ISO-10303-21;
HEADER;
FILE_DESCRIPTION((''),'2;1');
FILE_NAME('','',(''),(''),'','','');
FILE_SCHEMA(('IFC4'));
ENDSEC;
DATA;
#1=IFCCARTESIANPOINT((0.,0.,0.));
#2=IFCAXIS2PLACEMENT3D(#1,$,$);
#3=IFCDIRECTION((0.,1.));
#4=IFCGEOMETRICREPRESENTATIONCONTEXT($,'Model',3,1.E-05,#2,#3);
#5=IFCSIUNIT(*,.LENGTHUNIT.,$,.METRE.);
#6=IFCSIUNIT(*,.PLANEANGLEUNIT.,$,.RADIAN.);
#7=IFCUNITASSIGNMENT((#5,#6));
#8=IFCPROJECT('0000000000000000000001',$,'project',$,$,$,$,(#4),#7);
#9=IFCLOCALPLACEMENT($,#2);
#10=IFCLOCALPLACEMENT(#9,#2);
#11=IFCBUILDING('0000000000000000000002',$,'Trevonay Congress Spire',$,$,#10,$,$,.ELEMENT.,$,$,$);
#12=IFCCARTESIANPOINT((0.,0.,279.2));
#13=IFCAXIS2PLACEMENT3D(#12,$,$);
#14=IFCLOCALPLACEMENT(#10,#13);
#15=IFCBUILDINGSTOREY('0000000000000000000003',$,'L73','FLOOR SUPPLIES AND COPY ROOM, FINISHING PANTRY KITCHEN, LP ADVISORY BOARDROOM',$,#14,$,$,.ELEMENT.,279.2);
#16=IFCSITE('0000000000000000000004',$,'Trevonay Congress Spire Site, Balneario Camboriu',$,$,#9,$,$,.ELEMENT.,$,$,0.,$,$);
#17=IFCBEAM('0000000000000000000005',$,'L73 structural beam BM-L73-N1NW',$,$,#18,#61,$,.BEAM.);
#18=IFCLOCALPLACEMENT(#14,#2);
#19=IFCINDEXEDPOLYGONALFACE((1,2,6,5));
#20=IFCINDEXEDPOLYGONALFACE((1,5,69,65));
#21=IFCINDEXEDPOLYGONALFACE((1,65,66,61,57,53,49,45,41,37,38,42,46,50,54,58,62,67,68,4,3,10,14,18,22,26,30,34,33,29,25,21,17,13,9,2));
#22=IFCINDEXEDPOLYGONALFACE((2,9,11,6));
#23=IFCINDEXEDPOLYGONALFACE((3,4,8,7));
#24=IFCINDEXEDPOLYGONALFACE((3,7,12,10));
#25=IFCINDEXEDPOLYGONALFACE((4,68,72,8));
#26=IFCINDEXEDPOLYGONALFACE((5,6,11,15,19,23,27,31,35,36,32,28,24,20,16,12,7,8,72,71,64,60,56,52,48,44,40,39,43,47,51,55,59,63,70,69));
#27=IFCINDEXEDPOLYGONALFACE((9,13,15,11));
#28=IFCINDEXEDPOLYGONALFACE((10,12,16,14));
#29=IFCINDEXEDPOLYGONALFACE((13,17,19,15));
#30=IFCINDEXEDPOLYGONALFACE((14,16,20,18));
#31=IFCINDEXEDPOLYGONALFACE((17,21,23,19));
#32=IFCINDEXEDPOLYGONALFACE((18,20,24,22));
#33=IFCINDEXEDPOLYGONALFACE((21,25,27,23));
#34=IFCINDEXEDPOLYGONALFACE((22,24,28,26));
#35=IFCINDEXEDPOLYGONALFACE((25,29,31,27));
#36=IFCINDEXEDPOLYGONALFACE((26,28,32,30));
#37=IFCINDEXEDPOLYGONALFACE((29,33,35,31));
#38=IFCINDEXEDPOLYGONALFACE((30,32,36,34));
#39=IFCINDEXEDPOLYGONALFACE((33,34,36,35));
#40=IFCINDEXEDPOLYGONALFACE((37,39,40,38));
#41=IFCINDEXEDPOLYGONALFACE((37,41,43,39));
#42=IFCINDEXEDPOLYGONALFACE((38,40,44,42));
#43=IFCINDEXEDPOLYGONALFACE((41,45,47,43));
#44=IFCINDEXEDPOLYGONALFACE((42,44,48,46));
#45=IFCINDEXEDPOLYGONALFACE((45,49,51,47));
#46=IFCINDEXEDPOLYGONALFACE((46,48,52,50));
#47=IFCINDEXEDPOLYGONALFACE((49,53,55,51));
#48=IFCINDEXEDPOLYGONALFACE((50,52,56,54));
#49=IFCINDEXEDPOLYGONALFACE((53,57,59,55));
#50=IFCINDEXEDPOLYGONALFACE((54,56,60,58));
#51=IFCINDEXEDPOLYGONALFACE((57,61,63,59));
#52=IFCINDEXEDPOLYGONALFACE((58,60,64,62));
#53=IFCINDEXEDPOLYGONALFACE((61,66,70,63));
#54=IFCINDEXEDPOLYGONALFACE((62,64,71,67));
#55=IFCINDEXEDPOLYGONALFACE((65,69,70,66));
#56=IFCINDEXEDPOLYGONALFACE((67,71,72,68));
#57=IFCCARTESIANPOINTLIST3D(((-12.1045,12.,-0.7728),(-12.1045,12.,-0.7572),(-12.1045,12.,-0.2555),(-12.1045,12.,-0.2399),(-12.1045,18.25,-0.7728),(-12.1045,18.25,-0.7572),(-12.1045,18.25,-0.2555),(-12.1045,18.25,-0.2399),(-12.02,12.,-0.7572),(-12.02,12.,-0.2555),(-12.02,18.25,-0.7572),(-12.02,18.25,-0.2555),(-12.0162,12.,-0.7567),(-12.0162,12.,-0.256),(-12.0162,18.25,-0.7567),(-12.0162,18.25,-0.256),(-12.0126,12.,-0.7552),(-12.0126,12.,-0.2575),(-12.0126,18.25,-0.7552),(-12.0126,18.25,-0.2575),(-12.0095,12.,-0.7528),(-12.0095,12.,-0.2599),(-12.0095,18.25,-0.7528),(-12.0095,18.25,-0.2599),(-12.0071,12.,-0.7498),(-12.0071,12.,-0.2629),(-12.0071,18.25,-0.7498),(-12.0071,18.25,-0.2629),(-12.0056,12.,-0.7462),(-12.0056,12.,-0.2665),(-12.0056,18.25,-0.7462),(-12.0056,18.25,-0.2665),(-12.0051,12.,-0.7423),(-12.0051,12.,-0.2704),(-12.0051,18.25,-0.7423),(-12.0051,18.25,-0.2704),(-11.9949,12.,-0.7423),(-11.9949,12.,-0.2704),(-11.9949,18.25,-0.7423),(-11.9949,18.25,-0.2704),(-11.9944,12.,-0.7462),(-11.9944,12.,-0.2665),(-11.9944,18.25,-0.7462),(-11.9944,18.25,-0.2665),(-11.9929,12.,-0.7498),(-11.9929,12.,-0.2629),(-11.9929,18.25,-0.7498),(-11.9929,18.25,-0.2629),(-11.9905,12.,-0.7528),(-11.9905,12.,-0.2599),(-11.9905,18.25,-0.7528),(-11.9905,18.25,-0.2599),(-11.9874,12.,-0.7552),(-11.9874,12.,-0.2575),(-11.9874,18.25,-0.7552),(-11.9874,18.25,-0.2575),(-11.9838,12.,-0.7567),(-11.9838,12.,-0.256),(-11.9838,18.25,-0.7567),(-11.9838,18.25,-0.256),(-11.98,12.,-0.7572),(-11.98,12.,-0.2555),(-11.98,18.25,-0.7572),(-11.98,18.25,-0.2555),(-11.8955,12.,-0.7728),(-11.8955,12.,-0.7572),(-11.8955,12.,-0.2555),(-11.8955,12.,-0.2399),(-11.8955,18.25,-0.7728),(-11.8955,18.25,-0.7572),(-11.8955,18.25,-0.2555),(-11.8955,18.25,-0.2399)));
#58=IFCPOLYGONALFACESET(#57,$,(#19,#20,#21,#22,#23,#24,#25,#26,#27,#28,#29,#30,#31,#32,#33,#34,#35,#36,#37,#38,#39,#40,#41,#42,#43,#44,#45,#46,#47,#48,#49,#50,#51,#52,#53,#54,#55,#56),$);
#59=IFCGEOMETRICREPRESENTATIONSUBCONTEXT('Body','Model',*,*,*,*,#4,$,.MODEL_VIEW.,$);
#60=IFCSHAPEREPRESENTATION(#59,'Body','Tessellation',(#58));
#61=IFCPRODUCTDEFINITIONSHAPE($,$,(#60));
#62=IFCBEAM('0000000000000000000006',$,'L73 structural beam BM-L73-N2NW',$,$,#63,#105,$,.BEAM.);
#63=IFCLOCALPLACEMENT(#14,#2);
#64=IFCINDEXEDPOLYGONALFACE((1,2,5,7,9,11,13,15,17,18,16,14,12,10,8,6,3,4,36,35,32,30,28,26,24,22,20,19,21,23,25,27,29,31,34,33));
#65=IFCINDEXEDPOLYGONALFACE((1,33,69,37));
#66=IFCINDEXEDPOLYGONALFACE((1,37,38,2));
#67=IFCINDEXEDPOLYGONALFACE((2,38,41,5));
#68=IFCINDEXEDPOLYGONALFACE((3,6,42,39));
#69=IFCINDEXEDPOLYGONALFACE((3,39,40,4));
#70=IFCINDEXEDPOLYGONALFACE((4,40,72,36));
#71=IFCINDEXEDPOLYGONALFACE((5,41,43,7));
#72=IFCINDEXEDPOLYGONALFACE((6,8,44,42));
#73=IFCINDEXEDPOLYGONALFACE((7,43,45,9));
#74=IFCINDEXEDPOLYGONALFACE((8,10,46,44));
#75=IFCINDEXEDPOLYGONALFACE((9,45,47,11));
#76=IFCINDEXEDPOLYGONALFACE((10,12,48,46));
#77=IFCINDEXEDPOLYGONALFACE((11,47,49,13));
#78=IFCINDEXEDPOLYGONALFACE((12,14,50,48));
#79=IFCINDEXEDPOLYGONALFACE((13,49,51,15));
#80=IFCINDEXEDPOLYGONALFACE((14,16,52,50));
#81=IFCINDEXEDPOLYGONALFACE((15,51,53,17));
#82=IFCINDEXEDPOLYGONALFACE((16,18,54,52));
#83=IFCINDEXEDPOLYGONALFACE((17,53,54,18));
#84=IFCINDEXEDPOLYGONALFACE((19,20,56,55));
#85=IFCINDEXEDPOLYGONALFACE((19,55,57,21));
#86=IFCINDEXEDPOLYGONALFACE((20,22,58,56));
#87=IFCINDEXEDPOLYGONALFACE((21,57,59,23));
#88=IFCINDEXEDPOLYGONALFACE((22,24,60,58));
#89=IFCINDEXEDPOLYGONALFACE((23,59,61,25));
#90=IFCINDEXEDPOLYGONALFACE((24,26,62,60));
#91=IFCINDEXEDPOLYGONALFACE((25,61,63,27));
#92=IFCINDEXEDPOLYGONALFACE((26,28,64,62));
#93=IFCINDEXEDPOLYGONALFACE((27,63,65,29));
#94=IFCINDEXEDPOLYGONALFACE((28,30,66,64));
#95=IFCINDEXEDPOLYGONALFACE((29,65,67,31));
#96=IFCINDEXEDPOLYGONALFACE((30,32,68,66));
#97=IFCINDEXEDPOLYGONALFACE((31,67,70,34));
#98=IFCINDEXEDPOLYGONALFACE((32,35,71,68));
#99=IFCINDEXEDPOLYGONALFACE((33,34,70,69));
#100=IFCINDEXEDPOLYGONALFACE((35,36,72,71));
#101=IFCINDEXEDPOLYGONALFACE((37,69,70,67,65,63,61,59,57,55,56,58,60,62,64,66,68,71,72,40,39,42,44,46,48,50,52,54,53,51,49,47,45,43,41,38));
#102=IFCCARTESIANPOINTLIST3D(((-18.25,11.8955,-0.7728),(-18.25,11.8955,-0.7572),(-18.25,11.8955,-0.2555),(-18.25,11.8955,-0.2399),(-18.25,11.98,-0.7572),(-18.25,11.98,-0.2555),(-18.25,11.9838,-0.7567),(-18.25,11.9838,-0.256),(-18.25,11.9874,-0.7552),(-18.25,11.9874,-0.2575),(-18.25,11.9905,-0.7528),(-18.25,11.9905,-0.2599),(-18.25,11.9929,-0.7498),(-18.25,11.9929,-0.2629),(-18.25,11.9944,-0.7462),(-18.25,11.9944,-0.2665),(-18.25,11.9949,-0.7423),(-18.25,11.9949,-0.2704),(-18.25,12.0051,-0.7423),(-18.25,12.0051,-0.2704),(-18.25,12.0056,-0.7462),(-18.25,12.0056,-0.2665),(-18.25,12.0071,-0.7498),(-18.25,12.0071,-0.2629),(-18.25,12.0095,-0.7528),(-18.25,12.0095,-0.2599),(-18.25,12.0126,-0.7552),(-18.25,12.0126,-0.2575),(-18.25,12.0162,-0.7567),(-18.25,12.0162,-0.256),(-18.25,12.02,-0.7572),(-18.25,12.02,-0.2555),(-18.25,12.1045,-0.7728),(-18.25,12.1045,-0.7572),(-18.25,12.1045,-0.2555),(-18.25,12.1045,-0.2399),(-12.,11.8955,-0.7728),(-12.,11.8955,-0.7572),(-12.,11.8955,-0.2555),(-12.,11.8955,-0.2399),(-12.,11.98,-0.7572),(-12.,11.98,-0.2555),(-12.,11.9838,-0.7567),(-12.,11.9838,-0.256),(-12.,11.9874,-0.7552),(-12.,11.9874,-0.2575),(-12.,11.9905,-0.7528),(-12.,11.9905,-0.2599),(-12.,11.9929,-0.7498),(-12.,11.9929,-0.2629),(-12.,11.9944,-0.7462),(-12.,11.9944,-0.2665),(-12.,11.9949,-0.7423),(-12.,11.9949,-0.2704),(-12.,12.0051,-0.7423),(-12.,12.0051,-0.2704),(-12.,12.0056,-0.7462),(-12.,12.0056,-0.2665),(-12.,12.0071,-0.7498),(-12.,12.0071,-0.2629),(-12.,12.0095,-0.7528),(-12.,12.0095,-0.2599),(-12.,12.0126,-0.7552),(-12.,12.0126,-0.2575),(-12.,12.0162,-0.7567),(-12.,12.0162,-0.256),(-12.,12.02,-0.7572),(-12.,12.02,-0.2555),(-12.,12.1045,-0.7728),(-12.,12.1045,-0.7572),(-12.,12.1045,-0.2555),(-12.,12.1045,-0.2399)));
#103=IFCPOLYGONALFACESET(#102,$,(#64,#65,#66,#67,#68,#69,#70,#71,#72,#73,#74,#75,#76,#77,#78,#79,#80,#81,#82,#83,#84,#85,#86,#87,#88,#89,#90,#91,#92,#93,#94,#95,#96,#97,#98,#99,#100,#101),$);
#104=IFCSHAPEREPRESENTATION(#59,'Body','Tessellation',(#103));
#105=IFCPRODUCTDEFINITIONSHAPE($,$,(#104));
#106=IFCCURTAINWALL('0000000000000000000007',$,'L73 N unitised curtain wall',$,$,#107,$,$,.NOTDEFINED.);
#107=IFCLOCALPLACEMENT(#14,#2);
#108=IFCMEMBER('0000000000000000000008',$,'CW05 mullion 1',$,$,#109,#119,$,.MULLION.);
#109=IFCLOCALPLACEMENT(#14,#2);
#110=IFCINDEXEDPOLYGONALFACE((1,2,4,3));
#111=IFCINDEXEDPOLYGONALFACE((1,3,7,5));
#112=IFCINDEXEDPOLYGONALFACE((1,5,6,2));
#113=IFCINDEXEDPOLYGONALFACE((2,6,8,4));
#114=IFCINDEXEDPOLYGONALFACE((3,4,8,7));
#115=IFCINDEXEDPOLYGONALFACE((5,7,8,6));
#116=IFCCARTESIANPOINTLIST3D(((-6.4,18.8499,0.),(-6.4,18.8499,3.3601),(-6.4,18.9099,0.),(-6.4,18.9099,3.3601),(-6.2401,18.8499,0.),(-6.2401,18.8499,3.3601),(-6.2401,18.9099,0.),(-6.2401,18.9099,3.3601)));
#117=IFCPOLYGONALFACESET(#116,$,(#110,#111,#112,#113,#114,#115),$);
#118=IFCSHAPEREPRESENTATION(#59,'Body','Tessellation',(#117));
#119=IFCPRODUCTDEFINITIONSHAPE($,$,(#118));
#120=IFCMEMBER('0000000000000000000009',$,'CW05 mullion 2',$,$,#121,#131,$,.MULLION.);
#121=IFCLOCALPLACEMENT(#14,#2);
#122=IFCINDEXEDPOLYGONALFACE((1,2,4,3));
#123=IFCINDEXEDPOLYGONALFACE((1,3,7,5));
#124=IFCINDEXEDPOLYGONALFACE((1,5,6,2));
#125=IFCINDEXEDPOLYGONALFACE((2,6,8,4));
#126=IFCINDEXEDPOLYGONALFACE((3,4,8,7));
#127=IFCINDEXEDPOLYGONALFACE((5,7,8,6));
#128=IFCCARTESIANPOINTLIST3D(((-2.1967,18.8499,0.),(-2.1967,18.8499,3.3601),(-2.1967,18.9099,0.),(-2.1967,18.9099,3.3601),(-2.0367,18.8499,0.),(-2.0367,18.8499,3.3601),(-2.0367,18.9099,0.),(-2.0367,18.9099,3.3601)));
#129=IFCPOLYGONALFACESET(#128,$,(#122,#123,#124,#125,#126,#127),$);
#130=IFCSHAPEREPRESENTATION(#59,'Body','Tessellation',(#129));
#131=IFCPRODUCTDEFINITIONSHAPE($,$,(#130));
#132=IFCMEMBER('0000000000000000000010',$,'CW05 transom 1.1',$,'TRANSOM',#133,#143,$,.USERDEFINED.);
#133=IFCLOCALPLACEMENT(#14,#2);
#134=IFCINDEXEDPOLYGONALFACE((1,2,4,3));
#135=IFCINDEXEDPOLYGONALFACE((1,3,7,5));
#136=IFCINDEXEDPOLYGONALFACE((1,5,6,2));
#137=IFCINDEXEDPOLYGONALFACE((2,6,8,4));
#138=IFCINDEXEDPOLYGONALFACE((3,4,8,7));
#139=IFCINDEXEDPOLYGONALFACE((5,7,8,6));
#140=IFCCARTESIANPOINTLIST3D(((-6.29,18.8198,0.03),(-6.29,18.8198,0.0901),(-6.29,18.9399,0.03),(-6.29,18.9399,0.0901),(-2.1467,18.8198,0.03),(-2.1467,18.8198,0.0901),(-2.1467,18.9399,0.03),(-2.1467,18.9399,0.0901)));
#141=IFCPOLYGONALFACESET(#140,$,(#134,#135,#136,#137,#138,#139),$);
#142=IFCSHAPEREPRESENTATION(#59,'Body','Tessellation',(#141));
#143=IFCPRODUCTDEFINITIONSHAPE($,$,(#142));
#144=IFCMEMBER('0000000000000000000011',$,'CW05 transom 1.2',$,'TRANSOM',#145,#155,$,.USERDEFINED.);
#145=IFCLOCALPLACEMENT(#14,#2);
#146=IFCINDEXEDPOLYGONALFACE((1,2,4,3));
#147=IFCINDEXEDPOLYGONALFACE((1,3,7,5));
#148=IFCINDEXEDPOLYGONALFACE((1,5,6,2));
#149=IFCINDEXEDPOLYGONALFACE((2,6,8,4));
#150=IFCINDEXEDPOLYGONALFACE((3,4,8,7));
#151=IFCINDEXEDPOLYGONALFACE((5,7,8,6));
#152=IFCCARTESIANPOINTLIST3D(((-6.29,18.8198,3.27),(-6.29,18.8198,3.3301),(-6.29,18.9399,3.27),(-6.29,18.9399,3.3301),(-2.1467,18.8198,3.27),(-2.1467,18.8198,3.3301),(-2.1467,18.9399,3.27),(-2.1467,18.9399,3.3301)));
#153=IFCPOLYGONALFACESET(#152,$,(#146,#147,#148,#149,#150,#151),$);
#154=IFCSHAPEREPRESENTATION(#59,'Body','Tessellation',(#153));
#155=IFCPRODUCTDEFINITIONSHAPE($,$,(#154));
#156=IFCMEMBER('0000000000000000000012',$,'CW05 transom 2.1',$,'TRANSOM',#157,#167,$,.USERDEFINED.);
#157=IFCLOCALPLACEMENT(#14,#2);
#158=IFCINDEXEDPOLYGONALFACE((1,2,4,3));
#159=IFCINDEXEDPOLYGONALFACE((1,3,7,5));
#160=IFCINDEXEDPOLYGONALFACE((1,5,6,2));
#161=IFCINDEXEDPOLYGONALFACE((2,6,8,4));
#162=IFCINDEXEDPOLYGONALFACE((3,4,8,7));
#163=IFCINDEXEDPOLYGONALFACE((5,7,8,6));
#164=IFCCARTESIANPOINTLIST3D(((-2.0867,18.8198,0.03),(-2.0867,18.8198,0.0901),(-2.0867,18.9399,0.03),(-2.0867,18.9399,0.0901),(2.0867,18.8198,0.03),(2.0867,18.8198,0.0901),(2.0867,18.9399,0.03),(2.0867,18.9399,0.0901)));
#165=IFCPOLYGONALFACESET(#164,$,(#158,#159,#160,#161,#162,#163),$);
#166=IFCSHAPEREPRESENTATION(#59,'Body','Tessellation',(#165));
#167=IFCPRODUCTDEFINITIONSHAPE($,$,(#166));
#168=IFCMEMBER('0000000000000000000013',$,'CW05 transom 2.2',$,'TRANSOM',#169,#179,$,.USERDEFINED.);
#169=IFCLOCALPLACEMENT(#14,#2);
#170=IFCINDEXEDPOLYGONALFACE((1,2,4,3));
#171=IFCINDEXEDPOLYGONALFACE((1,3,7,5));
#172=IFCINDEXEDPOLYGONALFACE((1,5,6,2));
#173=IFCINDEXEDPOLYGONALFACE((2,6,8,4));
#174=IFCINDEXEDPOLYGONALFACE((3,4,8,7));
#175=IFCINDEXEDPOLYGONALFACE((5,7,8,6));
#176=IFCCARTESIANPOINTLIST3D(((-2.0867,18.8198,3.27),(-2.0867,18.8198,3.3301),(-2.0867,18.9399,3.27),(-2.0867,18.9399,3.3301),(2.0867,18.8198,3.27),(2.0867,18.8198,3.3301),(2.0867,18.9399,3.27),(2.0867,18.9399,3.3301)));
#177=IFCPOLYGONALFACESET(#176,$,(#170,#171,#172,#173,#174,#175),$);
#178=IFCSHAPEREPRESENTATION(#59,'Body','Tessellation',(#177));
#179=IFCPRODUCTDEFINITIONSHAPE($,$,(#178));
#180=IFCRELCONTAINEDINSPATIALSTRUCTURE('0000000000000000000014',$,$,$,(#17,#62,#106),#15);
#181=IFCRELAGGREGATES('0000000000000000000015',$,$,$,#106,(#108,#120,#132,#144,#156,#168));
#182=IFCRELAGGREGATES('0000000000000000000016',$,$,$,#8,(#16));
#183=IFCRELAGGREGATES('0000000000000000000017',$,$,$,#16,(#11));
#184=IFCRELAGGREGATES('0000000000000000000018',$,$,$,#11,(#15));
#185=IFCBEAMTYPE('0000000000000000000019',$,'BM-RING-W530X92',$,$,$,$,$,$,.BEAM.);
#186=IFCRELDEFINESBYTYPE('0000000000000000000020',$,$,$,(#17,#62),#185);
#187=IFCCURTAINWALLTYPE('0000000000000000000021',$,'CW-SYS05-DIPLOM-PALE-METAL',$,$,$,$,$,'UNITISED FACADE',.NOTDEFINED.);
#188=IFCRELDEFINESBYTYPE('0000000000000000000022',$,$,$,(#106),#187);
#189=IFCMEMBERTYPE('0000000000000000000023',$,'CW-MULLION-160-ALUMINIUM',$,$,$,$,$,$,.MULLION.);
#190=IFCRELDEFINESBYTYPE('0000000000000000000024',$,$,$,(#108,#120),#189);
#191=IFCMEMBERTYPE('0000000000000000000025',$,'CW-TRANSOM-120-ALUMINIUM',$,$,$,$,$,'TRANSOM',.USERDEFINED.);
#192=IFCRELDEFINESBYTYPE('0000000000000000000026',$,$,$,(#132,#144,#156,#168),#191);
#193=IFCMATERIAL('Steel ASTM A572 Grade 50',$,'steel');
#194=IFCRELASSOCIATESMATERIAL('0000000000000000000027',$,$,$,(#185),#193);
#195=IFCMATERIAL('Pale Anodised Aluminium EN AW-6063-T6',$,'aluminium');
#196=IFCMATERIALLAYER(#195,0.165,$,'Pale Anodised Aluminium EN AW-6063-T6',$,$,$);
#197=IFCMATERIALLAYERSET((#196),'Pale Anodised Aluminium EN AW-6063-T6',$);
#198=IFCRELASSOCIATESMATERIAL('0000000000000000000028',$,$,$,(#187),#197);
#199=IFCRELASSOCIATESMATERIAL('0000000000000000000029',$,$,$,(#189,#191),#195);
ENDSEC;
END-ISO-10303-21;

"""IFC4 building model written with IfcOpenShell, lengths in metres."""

from ifc_helpers import new_model, si_unit, direction, frame, origin, origin_2d, place, context, subcontext, project, spatial, rectangle, i_section, extrude, material, layer, layer_set, material_profile, profile_set, type_object, element, aggregate, save


model = new_model("IFC4")

# Units and contexts
model_context = context("Model", 3, precision=1e-05, world=origin(), true_north=direction((0.0, 1.0)))
body_context = subcontext(model_context, "Body", "Model", "MODEL_VIEW")
ifc_project = project(units=[si_unit("LENGTHUNIT", "METRE"), si_unit("PLANEANGLEUNIT", "RADIAN")], contexts=[model_context])

# Site, building, storey
site_placement = place(None, origin())
site = spatial("IfcSite", under=ifc_project, at=site_placement, Name="Trevonay Congress Spire Site, Balneario Camboriu", CompositionType="ELEMENT", RefElevation=0.0)
building_placement = place(site_placement, origin())
building = spatial("IfcBuilding", under=site, at=building_placement, Name="Trevonay Congress Spire", CompositionType="ELEMENT")
storey_placement = place(building_placement, frame((0.0, 0.0, 279.2)))
storey = spatial("IfcBuildingStorey", under=building, at=storey_placement, Name="L73", Description="FLOOR SUPPLIES AND COPY ROOM, FINISHING PANTRY KITCHEN, LP ADVISORY BOARDROOM", CompositionType="ELEMENT", Elevation=279.2)

# Shared definitions
ifc_material_1 = material(Name="Steel ASTM A572 Grade 50", Category="steel")

# Beams
ifc_material_profile_1 = material_profile(ifc_material_1, i_section(OverallWidth=0.209, OverallDepth=0.533, WebThickness=0.0103, FlangeThickness=0.0156, FilletRadius=0.0149, at=origin_2d()), Name="W530x92")
ifc_profile_set_1 = profile_set([ifc_material_profile_1], Name="Steel ASTM A572 Grade 50")
beam_type_1 = type_object("IfcBeamType", Name="BM-RING-W530X92", PredefinedType="BEAM", material=ifc_profile_set_1)
for number, where, z_axis, x_axis, name in (
    (1, (-12.0, 18.25, -0.5063), (0.0, -1.0, 0.0), (1.0, 0.0, 0.0), "L73 structural beam BM-L73-N1NW"),
    (2, (-18.25, 12.0, -0.5063), (1.0, 0.0, 0.0), (0.0, 1.0, 0.0), "L73 structural beam BM-L73-N2NW"),
):
    element("IfcBeam", number, at=place(storey_placement, frame(where, z_axis=z_axis, x_axis=x_axis)), inside=storey, type_object=beam_type_1, Name=name, PredefinedType="BEAM", context=body_context, shape_type="SweptSolid", body=[
        extrude(i_section(OverallWidth=0.209, OverallDepth=0.533, WebThickness=0.0103, FlangeThickness=0.0156, FilletRadius=0.0149, at=origin_2d()), origin(), (0.0, 0.0, 1.0), 6.25),
    ])

# Curtain wall, members
ifc_material_2 = material(Name="Pale Anodised Aluminium EN AW-6063-T6", Category="aluminium")
ifc_layer_1 = layer(ifc_material_2, 0.165, Name="Pale Anodised Aluminium EN AW-6063-T6")
ifc_layer_set_1 = layer_set([ifc_layer_1], Name="Pale Anodised Aluminium EN AW-6063-T6")
curtain_wall_type = type_object("IfcCurtainWallType", Name="CW-SYS05-DIPLOM-PALE-METAL", ElementType="UNITISED FACADE", PredefinedType="NOTDEFINED", material=ifc_layer_set_1)
curtain_wall_placement = place(storey_placement, origin())
curtain_wall = element("IfcCurtainWall", 3, at=curtain_wall_placement, inside=storey, type_object=curtain_wall_type, Name="L73 N unitised curtain wall", PredefinedType="NOTDEFINED")
ifc_material_profile_2 = material_profile(ifc_material_2, rectangle(XDim=0.0601, YDim=0.1599, at=origin_2d()), Name="CW-MULLION-160-ALUMINIUM")
ifc_profile_set_2 = profile_set([ifc_material_profile_2], Name="Pale Anodised Aluminium EN AW-6063-T6")
member_type_1 = type_object("IfcMemberType", Name="CW-MULLION-160-ALUMINIUM", PredefinedType="MULLION", material=ifc_profile_set_2)
member_1_placement = place(storey_placement, frame((-6.3201, 18.8799, 0.0), z_axis=(0.0, 0.0, 1.0), x_axis=(0.0, 1.0, 0.0)))
member_1 = element("IfcMember", 4, at=member_1_placement, type_object=member_type_1, Name="CW05 mullion 1", PredefinedType="MULLION", context=body_context, shape_type="SweptSolid", body=[
    extrude(rectangle(XDim=0.0601, YDim=0.1599, at=origin_2d()), origin(), (0.0, 0.0, 1.0), 3.3601),
])
member_2_placement = place(storey_placement, frame((-2.1167, 18.8799, 0.0), z_axis=(0.0, 0.0, 1.0), x_axis=(0.0, 1.0, 0.0)))
member_2 = element("IfcMember", 5, at=member_2_placement, type_object=member_type_1, Name="CW05 mullion 2", PredefinedType="MULLION", context=body_context, shape_type="SweptSolid", body=[
    extrude(rectangle(XDim=0.0601, YDim=0.1599, at=origin_2d()), origin(), (0.0, 0.0, 1.0), 3.3601),
])
ifc_material_profile_3 = material_profile(ifc_material_2, rectangle(XDim=0.1201, YDim=0.0601, at=origin_2d()), Name="CW-TRANSOM-120-ALUMINIUM")
ifc_profile_set_3 = profile_set([ifc_material_profile_3], Name="Pale Anodised Aluminium EN AW-6063-T6")
member_type_2 = type_object("IfcMemberType", Name="CW-TRANSOM-120-ALUMINIUM", ElementType="TRANSOM", PredefinedType="USERDEFINED", material=ifc_profile_set_3)
member_3_placement = place(storey_placement, frame((-6.29, 18.8799, 0.0601), z_axis=(1.0, 0.0, 0.0), x_axis=(0.0, 1.0, 0.0)))
member_3 = element("IfcMember", 6, at=member_3_placement, type_object=member_type_2, Name="CW05 transom 1.1", ObjectType="TRANSOM", PredefinedType="USERDEFINED", context=body_context, shape_type="SweptSolid", body=[
    extrude(rectangle(XDim=0.1201, YDim=0.0601, at=origin_2d()), origin(), (0.0, 0.0, 1.0), 4.1433),
])
member_4_placement = place(storey_placement, frame((-6.29, 18.8799, 3.3), z_axis=(1.0, 0.0, 0.0), x_axis=(0.0, 1.0, 0.0)))
member_4 = element("IfcMember", 7, at=member_4_placement, type_object=member_type_2, Name="CW05 transom 1.2", ObjectType="TRANSOM", PredefinedType="USERDEFINED", context=body_context, shape_type="SweptSolid", body=[
    extrude(rectangle(XDim=0.1201, YDim=0.0601, at=origin_2d()), origin(), (0.0, 0.0, 1.0), 4.1433),
])
member_5_placement = place(storey_placement, frame((-2.0867, 18.8799, 0.0601), z_axis=(1.0, 0.0, 0.0), x_axis=(0.0, 1.0, 0.0)))
member_5 = element("IfcMember", 8, at=member_5_placement, type_object=member_type_2, Name="CW05 transom 2.1", ObjectType="TRANSOM", PredefinedType="USERDEFINED", context=body_context, shape_type="SweptSolid", body=[
    extrude(rectangle(XDim=0.1201, YDim=0.0601, at=origin_2d()), origin(), (0.0, 0.0, 1.0), 4.1733),
])
member_6_placement = place(storey_placement, frame((-2.0867, 18.8799, 3.3), z_axis=(1.0, 0.0, 0.0), x_axis=(0.0, 1.0, 0.0)))
member_6 = element("IfcMember", 9, at=member_6_placement, type_object=member_type_2, Name="CW05 transom 2.2", ObjectType="TRANSOM", PredefinedType="USERDEFINED", context=body_context, shape_type="SweptSolid", body=[
    extrude(rectangle(XDim=0.1201, YDim=0.0601, at=origin_2d()), origin(), (0.0, 0.0, 1.0), 4.1733),
])

aggregate(curtain_wall, [member_1, member_2, member_3, member_4, member_5, member_6])

save(model, "model.ifc")
